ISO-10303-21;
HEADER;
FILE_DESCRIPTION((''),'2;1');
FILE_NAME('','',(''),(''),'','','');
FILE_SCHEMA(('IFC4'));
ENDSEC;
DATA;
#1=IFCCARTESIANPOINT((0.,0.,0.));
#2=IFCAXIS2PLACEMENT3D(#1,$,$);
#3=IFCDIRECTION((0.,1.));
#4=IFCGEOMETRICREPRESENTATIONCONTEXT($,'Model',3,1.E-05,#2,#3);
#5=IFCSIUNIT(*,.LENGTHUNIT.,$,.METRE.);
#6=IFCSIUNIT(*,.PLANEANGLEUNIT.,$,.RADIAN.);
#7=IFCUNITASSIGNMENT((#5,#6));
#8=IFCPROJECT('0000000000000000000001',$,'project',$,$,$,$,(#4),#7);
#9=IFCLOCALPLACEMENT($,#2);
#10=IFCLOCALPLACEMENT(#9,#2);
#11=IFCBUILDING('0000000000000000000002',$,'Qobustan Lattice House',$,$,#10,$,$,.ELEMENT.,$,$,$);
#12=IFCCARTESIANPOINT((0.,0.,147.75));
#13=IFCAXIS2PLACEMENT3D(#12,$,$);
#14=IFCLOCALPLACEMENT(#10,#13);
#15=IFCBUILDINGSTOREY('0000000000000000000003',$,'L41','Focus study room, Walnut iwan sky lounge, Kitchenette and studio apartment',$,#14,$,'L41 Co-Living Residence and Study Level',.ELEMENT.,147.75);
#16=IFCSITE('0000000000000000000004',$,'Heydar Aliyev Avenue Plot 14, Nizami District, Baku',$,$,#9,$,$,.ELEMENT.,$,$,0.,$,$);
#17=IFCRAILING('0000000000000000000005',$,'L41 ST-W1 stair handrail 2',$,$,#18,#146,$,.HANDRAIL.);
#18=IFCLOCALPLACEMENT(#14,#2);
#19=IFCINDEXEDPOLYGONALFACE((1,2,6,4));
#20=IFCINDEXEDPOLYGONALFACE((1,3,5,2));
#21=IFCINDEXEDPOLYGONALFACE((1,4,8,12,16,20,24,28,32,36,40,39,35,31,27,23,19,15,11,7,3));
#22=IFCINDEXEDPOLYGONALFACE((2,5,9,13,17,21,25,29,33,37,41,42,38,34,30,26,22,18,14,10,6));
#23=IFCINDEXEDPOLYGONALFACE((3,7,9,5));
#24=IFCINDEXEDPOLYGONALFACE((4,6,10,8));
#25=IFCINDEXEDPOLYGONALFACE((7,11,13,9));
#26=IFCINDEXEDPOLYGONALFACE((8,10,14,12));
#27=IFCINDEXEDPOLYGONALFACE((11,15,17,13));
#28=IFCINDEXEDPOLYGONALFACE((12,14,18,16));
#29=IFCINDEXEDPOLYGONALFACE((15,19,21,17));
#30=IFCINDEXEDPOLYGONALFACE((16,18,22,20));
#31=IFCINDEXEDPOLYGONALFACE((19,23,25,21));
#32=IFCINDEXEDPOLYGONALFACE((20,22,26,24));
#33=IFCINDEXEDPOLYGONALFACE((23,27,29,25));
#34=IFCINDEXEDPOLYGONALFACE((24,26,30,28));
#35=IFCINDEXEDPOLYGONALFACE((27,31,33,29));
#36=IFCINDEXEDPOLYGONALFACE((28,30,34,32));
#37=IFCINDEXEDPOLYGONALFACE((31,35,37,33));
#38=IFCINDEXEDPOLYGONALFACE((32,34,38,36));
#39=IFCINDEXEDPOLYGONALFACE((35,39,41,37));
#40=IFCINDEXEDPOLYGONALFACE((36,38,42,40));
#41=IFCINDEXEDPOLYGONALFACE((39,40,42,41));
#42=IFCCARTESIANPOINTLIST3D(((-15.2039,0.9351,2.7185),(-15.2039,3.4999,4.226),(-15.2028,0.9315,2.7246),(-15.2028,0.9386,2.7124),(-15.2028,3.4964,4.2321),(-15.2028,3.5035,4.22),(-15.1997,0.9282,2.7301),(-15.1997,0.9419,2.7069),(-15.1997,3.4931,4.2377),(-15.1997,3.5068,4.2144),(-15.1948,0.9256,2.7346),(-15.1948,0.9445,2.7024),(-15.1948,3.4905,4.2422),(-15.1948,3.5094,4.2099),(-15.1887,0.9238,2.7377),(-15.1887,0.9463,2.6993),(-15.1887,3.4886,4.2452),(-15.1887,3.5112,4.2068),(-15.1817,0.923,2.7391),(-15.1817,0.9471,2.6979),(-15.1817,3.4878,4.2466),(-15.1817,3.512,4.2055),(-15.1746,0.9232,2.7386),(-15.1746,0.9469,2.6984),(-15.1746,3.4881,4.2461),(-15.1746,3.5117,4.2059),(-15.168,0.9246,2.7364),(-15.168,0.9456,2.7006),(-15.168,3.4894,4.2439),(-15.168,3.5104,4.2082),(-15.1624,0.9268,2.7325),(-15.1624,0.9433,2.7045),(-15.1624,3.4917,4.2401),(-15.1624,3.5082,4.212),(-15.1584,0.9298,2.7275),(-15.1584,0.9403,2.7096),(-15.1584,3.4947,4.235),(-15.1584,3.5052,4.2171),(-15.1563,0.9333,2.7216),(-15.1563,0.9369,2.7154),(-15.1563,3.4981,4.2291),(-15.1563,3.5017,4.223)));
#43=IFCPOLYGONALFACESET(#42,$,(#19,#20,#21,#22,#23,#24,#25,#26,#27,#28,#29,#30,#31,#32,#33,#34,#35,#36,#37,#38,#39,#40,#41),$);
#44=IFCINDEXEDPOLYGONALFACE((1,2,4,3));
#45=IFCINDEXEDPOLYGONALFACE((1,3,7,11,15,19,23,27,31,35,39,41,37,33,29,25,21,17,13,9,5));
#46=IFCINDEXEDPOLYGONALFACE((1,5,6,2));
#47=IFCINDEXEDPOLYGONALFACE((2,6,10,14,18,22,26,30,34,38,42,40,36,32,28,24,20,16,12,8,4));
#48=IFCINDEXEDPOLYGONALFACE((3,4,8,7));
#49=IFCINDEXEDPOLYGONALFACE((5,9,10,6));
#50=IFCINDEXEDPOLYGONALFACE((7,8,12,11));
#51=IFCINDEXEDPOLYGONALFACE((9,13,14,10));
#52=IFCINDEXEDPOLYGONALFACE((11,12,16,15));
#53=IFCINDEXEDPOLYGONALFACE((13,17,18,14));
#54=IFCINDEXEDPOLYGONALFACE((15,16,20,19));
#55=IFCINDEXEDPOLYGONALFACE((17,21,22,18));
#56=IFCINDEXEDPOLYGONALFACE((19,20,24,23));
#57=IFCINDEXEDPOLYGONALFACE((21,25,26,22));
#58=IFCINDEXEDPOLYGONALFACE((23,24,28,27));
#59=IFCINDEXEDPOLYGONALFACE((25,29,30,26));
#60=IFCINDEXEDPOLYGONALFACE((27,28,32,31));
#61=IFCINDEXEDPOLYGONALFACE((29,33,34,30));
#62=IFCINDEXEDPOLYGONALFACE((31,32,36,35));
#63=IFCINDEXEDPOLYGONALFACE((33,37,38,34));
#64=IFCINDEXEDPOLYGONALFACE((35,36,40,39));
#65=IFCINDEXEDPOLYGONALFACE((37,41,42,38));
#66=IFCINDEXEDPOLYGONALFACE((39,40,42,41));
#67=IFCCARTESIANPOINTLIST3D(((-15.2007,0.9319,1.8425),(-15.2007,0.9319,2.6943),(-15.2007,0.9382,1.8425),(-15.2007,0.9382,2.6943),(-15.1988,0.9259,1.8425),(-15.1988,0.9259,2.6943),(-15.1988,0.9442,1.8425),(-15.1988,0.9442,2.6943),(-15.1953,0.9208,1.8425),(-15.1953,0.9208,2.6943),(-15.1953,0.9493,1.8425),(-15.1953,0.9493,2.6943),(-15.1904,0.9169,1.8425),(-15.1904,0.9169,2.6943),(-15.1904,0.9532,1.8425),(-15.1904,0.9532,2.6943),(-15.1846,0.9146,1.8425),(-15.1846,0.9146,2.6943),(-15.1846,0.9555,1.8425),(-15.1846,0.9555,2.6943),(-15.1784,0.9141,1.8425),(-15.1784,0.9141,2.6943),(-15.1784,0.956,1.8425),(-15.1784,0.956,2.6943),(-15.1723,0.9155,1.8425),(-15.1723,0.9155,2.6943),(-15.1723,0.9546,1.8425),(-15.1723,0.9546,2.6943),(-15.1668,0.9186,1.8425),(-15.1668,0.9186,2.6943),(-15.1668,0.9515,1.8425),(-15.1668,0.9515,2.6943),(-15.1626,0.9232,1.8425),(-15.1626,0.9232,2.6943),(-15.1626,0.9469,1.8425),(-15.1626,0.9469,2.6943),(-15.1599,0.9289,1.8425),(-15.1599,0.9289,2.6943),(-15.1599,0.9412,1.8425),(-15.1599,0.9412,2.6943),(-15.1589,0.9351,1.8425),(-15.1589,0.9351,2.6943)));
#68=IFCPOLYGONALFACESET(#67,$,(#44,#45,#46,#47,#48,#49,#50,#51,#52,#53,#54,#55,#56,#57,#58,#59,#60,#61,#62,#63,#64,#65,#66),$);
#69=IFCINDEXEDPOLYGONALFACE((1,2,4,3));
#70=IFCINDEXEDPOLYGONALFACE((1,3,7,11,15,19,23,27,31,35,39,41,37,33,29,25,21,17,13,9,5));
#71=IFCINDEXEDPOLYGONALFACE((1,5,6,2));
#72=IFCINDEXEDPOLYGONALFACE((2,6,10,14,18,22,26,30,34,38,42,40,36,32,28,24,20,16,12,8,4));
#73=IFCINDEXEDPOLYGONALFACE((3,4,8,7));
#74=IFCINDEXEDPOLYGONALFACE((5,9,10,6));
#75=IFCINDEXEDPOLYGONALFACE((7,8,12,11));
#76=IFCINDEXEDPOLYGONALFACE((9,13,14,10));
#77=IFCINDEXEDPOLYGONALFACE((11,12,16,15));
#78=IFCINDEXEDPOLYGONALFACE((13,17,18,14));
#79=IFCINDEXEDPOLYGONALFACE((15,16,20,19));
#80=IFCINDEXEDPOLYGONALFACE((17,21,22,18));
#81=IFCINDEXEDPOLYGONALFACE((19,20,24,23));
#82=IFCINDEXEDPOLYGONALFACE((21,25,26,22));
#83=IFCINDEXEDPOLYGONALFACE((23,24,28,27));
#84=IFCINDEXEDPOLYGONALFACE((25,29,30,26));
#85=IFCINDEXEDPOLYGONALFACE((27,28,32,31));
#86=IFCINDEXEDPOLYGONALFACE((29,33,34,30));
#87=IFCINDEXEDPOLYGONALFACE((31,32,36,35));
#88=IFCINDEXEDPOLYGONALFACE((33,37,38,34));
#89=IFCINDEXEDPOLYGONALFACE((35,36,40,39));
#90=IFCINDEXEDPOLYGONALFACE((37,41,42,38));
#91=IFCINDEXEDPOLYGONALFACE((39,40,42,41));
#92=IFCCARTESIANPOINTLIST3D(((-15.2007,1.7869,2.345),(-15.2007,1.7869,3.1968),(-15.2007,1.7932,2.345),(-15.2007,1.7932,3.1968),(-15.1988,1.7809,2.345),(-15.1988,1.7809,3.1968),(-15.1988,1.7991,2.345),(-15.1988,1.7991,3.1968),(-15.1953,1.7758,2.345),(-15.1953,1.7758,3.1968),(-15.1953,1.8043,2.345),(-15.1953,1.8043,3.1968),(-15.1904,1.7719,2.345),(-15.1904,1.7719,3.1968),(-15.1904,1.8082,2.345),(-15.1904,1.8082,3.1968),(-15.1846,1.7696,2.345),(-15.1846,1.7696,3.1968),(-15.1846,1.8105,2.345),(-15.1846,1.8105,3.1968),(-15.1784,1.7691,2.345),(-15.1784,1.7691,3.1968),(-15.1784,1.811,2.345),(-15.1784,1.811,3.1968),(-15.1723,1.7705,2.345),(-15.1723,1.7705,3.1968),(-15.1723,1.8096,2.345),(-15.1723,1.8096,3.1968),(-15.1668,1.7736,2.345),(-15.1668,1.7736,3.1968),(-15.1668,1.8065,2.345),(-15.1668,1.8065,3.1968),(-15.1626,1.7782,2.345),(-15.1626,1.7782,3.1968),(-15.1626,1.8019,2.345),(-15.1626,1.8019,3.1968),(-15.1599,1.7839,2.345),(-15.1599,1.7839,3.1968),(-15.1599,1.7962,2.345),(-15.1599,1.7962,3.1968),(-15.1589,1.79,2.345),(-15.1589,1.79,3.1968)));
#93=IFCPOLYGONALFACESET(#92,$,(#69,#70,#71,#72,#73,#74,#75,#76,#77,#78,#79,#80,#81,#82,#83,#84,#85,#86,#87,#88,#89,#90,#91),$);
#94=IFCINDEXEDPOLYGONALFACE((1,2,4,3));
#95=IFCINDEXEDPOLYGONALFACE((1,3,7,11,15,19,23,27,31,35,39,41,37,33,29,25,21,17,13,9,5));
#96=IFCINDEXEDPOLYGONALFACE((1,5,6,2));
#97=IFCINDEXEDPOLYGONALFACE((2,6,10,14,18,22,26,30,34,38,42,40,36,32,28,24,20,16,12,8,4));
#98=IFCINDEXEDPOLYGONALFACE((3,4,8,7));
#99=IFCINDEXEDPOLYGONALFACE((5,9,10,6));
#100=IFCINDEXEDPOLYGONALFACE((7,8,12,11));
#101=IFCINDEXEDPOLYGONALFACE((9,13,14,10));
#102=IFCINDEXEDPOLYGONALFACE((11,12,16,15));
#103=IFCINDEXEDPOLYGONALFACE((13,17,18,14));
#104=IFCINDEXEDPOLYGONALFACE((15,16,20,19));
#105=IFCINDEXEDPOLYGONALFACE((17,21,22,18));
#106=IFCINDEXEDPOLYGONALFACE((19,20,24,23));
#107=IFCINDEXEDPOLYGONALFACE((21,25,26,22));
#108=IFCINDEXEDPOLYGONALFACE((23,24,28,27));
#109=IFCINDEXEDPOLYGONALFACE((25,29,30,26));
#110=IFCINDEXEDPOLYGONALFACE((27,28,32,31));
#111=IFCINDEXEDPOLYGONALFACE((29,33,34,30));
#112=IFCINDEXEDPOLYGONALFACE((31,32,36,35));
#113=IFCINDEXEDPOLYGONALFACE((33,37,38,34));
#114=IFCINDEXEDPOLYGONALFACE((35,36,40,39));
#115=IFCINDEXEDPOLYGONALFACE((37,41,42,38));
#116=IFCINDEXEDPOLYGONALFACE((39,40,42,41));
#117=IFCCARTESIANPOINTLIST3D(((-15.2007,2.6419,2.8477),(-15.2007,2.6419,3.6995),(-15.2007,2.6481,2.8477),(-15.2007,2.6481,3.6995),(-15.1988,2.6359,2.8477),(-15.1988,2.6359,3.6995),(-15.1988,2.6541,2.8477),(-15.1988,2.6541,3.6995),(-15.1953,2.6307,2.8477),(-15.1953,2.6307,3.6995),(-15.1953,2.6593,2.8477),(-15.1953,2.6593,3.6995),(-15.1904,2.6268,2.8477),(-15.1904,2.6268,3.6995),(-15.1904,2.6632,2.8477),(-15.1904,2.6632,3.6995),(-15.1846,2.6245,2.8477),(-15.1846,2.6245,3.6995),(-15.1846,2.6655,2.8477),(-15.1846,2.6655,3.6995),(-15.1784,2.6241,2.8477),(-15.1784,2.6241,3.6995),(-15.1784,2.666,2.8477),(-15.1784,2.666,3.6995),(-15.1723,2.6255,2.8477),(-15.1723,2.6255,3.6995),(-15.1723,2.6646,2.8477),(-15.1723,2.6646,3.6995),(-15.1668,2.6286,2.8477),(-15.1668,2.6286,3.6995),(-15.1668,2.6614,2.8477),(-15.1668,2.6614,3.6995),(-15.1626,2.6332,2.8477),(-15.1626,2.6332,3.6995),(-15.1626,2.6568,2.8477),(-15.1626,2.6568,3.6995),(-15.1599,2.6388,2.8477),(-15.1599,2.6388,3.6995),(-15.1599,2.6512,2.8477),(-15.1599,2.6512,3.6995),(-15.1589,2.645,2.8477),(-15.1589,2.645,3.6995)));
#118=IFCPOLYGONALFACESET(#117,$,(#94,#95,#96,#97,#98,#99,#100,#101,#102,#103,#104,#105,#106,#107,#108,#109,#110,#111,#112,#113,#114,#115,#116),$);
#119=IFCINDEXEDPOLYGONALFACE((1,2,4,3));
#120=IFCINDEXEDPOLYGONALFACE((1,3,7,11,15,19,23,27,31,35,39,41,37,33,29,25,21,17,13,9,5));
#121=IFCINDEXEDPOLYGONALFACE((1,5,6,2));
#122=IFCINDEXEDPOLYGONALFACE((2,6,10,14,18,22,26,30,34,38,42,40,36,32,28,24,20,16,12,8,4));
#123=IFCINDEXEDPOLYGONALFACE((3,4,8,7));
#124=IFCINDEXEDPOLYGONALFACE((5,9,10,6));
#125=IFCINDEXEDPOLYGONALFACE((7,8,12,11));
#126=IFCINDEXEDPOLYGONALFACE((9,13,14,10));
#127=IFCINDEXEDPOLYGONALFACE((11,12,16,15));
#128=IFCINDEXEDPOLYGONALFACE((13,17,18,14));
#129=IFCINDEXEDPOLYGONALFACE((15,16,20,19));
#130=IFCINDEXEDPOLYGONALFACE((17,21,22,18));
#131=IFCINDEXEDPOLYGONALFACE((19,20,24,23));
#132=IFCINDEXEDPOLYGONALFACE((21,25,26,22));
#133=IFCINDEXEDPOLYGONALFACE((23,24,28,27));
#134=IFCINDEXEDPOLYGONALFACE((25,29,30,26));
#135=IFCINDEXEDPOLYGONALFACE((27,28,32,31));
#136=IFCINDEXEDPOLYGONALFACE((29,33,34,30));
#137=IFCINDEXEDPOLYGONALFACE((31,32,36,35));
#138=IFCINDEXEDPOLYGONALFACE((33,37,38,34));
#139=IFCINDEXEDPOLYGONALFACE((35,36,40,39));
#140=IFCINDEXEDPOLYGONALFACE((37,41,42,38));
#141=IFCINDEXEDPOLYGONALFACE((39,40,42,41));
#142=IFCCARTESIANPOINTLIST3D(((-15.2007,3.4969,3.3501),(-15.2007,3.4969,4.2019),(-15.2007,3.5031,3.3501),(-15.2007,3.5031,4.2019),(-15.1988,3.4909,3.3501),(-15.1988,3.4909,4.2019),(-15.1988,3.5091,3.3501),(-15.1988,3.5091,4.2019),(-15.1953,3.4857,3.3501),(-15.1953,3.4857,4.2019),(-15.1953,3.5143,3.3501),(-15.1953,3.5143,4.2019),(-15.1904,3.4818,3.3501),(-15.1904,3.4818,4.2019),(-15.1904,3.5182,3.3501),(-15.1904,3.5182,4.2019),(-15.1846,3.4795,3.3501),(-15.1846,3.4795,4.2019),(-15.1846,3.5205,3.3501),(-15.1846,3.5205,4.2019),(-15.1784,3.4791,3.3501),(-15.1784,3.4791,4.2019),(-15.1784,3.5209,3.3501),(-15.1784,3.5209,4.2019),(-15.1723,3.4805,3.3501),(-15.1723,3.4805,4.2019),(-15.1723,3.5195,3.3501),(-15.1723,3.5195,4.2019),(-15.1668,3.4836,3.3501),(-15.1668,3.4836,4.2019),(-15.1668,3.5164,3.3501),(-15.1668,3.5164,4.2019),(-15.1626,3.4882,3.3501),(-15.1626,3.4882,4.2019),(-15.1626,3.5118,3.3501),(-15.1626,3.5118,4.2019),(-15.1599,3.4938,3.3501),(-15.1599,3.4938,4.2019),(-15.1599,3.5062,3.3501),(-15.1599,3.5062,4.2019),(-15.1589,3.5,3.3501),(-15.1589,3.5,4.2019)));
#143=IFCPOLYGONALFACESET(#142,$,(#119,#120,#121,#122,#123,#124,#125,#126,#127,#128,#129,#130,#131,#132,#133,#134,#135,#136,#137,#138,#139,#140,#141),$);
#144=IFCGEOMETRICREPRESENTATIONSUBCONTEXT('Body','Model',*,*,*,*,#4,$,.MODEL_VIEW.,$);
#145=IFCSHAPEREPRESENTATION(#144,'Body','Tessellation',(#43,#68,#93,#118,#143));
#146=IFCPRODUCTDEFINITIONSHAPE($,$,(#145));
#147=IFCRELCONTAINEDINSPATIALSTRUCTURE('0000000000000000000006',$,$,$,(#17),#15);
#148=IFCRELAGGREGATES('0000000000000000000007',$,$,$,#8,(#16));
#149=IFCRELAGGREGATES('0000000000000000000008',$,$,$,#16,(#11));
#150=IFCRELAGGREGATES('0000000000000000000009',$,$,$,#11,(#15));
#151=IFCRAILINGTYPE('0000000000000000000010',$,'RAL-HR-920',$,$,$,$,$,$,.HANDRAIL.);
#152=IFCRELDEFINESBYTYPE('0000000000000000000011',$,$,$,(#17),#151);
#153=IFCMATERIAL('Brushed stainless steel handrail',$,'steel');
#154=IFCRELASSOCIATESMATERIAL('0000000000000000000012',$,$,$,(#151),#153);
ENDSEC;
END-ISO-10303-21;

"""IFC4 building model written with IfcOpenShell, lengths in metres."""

from ifc_helpers import new_model, si_unit, direction, frame, origin, origin_2d, place, context, subcontext, project, spatial, circle, extrude, material, type_object, element, save


model = new_model("IFC4")

# Units and contexts
model_context = context("Model", 3, precision=1e-05, world=origin(), true_north=direction((0.0, 1.0)))
body_context = subcontext(model_context, "Body", "Model", "MODEL_VIEW")
ifc_project = project(units=[si_unit("LENGTHUNIT", "METRE"), si_unit("PLANEANGLEUNIT", "RADIAN")], contexts=[model_context])

# Site, building, storey
site_placement = place(None, origin())
site = spatial("IfcSite", under=ifc_project, at=site_placement, Name="Heydar Aliyev Avenue Plot 14, Nizami District, Baku", CompositionType="ELEMENT", RefElevation=0.0)
building_placement = place(site_placement, origin())
building = spatial("IfcBuilding", under=site, at=building_placement, Name="Qobustan Lattice House", CompositionType="ELEMENT")
storey_placement = place(building_placement, frame((0.0, 0.0, 147.75)))
storey = spatial("IfcBuildingStorey", under=building, at=storey_placement, Name="L41", Description="Focus study room, Walnut iwan sky lounge, Kitchenette and studio apartment", LongName="L41 Co-Living Residence and Study Level", CompositionType="ELEMENT", Elevation=147.75)

# Railing
ifc_material_1 = material(Name="Brushed stainless steel handrail", Category="steel")
railing_type_1 = type_object("IfcRailingType", Name="RAL-HR-920", PredefinedType="HANDRAIL", material=ifc_material_1)
railing_1_placement = place(storey_placement, frame((-15.1799, 0.9351, 1.8425)))
element("IfcRailing", 1, at=railing_1_placement, inside=storey, type_object=railing_type_1, Name="L41 ST-W1 stair handrail 2", PredefinedType="HANDRAIL", context=body_context, shape_type="SweptSolid", body=[
    extrude(circle(Radius=0.0239, at=origin_2d()), frame((0.0, 0.0, 0.876), z_axis=(0.0, 0.862113, 0.506715), x_axis=(-1.0, 0.0, 0.0)), (0.0, 0.0, 1.0), 2.9751),
    extrude(circle(Radius=0.021, at=origin_2d()), origin(), (0.0, 0.0, 1.0), 0.8518),
    extrude(circle(Radius=0.021, at=origin_2d()), frame((0.0, 0.855, 0.5024)), (0.0, 0.0, 1.0), 0.8518),
    extrude(circle(Radius=0.021, at=origin_2d()), frame((0.0, 1.71, 1.0051)), (0.0, 0.0, 1.0), 0.8518),
    extrude(circle(Radius=0.021, at=origin_2d()), frame((0.0, 2.5649, 1.5076)), (0.0, 0.0, 1.0), 0.8518),
])

save(model, "model.ifc")
